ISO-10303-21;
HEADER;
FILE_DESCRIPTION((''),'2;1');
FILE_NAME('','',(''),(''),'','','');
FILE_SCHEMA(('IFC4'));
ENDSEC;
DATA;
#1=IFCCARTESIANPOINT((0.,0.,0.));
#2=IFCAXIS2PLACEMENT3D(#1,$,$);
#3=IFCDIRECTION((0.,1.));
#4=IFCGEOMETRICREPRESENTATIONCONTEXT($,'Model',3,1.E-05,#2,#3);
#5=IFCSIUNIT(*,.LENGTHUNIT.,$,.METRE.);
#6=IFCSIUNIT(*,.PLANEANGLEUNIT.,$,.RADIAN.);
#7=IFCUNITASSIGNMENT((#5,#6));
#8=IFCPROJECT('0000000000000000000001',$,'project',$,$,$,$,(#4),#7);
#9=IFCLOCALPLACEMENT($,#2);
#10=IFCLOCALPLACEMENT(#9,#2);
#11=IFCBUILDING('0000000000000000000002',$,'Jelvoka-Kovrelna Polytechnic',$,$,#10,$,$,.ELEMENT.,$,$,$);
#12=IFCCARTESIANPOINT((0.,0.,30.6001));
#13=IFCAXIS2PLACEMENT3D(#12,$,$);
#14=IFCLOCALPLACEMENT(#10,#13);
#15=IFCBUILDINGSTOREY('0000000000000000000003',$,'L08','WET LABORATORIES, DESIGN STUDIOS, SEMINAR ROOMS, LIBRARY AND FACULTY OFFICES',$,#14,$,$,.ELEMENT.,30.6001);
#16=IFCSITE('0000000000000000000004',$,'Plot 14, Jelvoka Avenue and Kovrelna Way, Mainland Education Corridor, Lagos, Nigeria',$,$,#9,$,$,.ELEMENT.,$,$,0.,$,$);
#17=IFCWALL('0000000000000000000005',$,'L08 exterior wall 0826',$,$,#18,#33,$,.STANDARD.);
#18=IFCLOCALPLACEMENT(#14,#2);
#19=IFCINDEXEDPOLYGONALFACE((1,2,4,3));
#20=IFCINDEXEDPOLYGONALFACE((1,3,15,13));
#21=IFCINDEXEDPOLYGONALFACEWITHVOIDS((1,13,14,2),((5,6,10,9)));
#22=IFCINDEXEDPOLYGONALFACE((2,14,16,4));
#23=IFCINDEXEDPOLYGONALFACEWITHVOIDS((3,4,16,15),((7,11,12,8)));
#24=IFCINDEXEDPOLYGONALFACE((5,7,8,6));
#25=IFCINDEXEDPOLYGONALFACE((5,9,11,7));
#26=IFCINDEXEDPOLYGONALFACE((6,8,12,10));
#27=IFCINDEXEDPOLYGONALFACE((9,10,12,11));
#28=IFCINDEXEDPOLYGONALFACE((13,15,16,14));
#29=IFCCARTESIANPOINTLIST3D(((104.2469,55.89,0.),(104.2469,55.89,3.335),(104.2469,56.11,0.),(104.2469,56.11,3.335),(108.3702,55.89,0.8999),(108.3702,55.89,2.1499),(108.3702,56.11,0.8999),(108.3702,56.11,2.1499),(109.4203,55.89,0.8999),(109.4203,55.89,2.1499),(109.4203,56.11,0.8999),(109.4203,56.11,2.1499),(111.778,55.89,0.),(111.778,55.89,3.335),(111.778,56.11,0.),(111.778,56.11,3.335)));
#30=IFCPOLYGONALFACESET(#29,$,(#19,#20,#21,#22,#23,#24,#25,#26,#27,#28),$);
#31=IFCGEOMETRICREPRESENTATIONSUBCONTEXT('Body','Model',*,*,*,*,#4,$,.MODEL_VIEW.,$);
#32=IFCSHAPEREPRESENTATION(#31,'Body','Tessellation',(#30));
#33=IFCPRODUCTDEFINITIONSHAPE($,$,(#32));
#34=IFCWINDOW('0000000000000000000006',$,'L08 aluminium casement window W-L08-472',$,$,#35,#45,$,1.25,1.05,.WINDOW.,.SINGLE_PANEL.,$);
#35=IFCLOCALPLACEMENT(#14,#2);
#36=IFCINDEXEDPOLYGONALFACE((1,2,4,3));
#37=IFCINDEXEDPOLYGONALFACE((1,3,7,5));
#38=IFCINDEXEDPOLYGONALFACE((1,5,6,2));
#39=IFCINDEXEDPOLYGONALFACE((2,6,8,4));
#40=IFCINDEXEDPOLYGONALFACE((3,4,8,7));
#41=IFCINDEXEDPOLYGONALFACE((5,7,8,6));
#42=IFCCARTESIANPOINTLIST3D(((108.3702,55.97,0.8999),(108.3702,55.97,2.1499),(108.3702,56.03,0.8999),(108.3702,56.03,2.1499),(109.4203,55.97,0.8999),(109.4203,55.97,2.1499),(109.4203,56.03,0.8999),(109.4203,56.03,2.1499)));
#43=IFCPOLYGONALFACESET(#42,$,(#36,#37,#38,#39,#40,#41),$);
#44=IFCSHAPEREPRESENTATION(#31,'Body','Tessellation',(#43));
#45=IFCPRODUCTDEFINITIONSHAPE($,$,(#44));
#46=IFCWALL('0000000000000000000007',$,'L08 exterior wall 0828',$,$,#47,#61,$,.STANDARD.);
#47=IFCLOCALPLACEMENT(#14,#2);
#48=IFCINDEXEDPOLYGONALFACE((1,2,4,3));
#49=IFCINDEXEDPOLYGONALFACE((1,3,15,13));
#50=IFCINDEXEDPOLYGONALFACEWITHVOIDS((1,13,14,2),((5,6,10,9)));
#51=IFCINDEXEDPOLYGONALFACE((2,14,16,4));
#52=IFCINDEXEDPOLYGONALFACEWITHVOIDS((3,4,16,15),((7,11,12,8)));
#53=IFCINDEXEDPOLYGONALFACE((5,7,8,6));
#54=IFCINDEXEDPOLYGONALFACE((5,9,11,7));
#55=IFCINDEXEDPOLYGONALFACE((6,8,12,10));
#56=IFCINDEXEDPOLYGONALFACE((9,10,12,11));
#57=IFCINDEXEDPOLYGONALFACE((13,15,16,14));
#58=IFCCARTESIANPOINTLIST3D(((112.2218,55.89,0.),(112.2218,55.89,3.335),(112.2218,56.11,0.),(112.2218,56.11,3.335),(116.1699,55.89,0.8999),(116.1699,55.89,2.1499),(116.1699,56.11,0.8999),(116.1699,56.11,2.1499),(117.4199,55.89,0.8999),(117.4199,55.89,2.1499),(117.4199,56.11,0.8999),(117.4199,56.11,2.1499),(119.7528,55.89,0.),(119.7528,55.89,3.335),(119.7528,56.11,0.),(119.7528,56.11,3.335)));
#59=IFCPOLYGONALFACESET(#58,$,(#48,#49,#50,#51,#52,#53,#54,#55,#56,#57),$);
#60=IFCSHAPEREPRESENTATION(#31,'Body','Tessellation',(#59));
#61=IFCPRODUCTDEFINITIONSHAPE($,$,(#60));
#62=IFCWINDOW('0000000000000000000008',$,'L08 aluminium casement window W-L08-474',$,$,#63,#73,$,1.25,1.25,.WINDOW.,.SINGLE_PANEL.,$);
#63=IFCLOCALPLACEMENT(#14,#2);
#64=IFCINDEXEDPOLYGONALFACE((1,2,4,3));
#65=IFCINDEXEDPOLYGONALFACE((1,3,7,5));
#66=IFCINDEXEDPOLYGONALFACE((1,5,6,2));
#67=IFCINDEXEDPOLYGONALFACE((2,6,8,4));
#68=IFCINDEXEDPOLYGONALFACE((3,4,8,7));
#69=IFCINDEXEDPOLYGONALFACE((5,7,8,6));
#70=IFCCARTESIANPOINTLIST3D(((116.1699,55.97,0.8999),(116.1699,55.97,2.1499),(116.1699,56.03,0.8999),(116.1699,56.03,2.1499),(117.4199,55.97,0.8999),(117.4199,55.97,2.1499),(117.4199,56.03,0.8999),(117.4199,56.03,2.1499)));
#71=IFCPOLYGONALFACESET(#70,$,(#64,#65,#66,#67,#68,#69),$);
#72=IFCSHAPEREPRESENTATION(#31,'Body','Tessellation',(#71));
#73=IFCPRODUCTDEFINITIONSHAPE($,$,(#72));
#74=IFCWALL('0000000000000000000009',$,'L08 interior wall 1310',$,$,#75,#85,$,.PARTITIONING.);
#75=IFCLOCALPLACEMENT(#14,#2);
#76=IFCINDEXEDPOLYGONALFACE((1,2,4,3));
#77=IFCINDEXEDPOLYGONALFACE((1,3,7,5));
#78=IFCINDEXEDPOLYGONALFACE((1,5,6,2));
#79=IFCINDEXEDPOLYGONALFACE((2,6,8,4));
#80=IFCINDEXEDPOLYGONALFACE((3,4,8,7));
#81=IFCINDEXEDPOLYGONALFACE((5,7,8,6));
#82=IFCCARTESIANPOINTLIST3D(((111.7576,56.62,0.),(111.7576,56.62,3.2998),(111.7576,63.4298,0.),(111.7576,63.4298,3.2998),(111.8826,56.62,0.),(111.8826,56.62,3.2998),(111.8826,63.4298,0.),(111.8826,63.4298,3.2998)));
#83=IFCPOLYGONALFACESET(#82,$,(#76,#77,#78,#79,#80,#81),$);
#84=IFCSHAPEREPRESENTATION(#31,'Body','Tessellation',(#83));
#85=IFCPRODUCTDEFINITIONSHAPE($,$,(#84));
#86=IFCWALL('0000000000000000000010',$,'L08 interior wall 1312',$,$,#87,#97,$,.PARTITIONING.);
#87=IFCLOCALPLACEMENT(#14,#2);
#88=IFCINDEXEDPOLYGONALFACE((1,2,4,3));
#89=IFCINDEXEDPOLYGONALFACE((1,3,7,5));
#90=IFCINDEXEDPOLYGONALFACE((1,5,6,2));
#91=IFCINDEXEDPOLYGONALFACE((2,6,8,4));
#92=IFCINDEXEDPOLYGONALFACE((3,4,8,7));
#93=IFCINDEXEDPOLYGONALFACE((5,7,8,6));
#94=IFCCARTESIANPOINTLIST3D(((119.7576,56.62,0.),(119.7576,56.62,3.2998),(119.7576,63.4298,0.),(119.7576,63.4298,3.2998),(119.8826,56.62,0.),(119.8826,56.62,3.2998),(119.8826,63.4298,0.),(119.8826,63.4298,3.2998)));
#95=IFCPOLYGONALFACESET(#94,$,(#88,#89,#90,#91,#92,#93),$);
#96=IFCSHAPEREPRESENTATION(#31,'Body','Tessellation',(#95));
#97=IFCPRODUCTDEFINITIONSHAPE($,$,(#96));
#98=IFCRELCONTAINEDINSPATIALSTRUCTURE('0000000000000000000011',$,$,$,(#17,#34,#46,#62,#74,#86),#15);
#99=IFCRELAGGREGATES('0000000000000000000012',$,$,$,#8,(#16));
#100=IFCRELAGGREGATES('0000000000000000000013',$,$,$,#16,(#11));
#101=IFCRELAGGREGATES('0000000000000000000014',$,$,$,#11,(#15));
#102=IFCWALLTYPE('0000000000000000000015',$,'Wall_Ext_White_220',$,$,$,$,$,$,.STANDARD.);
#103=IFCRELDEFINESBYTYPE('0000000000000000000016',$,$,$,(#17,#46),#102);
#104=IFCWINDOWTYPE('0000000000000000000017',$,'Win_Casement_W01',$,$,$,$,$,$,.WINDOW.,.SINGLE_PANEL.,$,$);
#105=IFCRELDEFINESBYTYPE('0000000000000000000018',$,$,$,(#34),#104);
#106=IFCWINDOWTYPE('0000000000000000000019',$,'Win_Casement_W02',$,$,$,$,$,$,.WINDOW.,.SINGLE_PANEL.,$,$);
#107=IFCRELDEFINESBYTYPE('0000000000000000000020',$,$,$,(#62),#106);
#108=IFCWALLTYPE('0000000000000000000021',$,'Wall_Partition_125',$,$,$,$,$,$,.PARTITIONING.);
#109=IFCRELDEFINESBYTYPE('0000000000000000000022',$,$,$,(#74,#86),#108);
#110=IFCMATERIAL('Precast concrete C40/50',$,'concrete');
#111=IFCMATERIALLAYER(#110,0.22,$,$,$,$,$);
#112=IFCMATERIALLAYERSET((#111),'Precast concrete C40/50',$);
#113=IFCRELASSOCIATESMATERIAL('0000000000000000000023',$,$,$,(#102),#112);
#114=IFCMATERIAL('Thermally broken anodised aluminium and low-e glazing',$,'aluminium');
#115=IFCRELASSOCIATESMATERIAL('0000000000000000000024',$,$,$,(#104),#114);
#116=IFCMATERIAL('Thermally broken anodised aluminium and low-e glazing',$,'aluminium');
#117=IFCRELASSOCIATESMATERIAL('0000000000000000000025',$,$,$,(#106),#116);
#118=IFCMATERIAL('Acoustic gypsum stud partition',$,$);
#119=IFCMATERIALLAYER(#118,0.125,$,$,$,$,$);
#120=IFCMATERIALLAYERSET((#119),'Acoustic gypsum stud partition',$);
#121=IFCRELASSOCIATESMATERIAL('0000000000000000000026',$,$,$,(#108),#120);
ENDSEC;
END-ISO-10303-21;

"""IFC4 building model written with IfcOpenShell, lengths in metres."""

from ifc_helpers import new_model, si_unit, direction, frame, frame_2d, origin, place, context, subcontext, project, spatial, rectangle, extrude, material, layer, layer_set, type_object, element, fill, save


model = new_model("IFC4")

# Units and contexts
model_context = context("Model", 3, precision=1e-05, world=origin(), true_north=direction((0.0, 1.0)))
body_context = subcontext(model_context, "Body", "Model", "MODEL_VIEW")
ifc_project = project(units=[si_unit("LENGTHUNIT", "METRE"), si_unit("PLANEANGLEUNIT", "RADIAN")], contexts=[model_context])

# Site, building, storey
site_placement = place(None, origin())
site = spatial("IfcSite", under=ifc_project, at=site_placement, Name="Plot 14, Jelvoka Avenue and Kovrelna Way, Mainland Education Corridor, Lagos, Nigeria", CompositionType="ELEMENT", RefElevation=0.0)
building_placement = place(site_placement, origin())
building = spatial("IfcBuilding", under=site, at=building_placement, Name="Jelvoka-Kovrelna Polytechnic", CompositionType="ELEMENT")
storey_placement = place(building_placement, frame((0.0, 0.0, 30.6001)))
storey = spatial("IfcBuildingStorey", under=building, at=storey_placement, Name="L08", Description="WET LABORATORIES, DESIGN STUDIOS, SEMINAR ROOMS, LIBRARY AND FACULTY OFFICES", CompositionType="ELEMENT", Elevation=30.6001)

# Walls, openings, windows
ifc_material_1 = material(Name="Precast concrete C40/50", Category="concrete")
ifc_layer_1 = layer(ifc_material_1, 0.22)
ifc_layer_set_1 = layer_set([ifc_layer_1], Name="Precast concrete C40/50")
wall_type_1 = type_object("IfcWallType", Name="Wall_Ext_White_220", PredefinedType="STANDARD", material=ifc_layer_set_1)
wall_1_placement = place(storey_placement, frame((111.7781, 56.0, 0.0), z_axis=(0.0, 0.0, 1.0), x_axis=(-1.0, 0.0, 0.0)))
wall_1 = element("IfcWall", 1, at=wall_1_placement, inside=storey, type_object=wall_type_1, Name="L08 exterior wall 0826", PredefinedType="STANDARD", context=body_context, shape_type="SweptSolid", body=[
    extrude(rectangle(XDim=7.531, YDim=0.22, at=frame_2d((3.7656, 0.0))), origin(), (0.0, 0.0, 1.0), 3.335),
])
opening_1_placement = place(wall_1_placement, frame((2.3579, 0.0, 0.8999)))
opening_1 = element("IfcOpeningElement", 2, at=opening_1_placement, cuts=wall_1, PredefinedType="OPENING", context=body_context, shape_type="SweptSolid", body=[
    extrude(rectangle(XDim=1.05, YDim=1.25, at=frame_2d((0.5249, 0.625))), frame((0.0, 0.1199, 0.0), z_axis=(0.0, -1.0, 0.0), x_axis=(1.0, 0.0, 0.0)), (0.0, 0.0, 1.0), 0.24),
])
ifc_material_2 = material(Name="Thermally broken anodised aluminium and low-e glazing", Category="aluminium")
window_type_1 = type_object("IfcWindowType", Name="Win_Casement_W01", PartitioningType="SINGLE_PANEL", PredefinedType="WINDOW", material=ifc_material_2)
window_1_placement = place(opening_1_placement, origin())
window_1 = element("IfcWindow", 3, at=window_1_placement, inside=storey, type_object=window_type_1, Name="L08 aluminium casement window W-L08-472", OverallHeight=1.25, OverallWidth=1.05, PartitioningType="SINGLE_PANEL", PredefinedType="WINDOW", context=body_context, shape_type="SweptSolid", body=[
    extrude(rectangle(XDim=1.05, YDim=1.25, at=frame_2d((0.5249, 0.625))), frame((0.0, 0.03, 0.0), z_axis=(0.0, -1.0, 0.0), x_axis=(1.0, 0.0, 0.0)), (0.0, 0.0, 1.0), 0.0601),
])
fill(opening_1, window_1)
wall_2_placement = place(storey_placement, frame((119.7529, 56.0, 0.0), z_axis=(0.0, 0.0, 1.0), x_axis=(-1.0, 0.0, 0.0)))
wall_2 = element("IfcWall", 4, at=wall_2_placement, inside=storey, type_object=wall_type_1, Name="L08 exterior wall 0828", PredefinedType="STANDARD", context=body_context, shape_type="SweptSolid", body=[
    extrude(rectangle(XDim=7.531, YDim=0.22, at=frame_2d((3.7656, 0.0))), origin(), (0.0, 0.0, 1.0), 3.335),
])
opening_2_placement = place(wall_2_placement, frame((2.333, 0.0, 0.8999)))
opening_2 = element("IfcOpeningElement", 5, at=opening_2_placement, cuts=wall_2, PredefinedType="OPENING", context=body_context, shape_type="SweptSolid", body=[
    extrude(rectangle(XDim=1.25, YDim=1.25, at=frame_2d((0.625, 0.625))), frame((0.0, 0.1199, 0.0), z_axis=(0.0, -1.0, 0.0), x_axis=(1.0, 0.0, 0.0)), (0.0, 0.0, 1.0), 0.24),
])
ifc_material_3 = material(Name="Thermally broken anodised aluminium and low-e glazing", Category="aluminium")
window_type_2 = type_object("IfcWindowType", Name="Win_Casement_W02", PartitioningType="SINGLE_PANEL", PredefinedType="WINDOW", material=ifc_material_3)
window_2_placement = place(opening_2_placement, origin())
window_2 = element("IfcWindow", 6, at=window_2_placement, inside=storey, type_object=window_type_2, Name="L08 aluminium casement window W-L08-474", OverallHeight=1.25, OverallWidth=1.25, PartitioningType="SINGLE_PANEL", PredefinedType="WINDOW", context=body_context, shape_type="SweptSolid", body=[
    extrude(rectangle(XDim=1.25, YDim=1.25, at=frame_2d((0.625, 0.625))), frame((0.0, 0.03, 0.0), z_axis=(0.0, -1.0, 0.0), x_axis=(1.0, 0.0, 0.0)), (0.0, 0.0, 1.0), 0.0601),
])
fill(opening_2, window_2)

# Walls
ifc_material_4 = material(Name="Acoustic gypsum stud partition")
ifc_layer_2 = layer(ifc_material_4, 0.125)
ifc_layer_set_2 = layer_set([ifc_layer_2], Name="Acoustic gypsum stud partition")
wall_type_2 = type_object("IfcWallType", Name="Wall_Partition_125", PredefinedType="PARTITIONING", material=ifc_layer_set_2)
for number, where, z_axis, x_axis, name in (
    (7, (111.8201, 56.6201, 0.0), (0.0, 0.0, 1.0), (0.0, 1.0, 0.0), "L08 interior wall 1310"),
    (8, (119.8201, 56.6201, 0.0), (0.0, 0.0, 1.0), (0.0, 1.0, 0.0), "L08 interior wall 1312"),
):
    element("IfcWall", number, at=place(storey_placement, frame(where, z_axis=z_axis, x_axis=x_axis)), inside=storey, type_object=wall_type_2, Name=name, PredefinedType="PARTITIONING", context=body_context, shape_type="SweptSolid", body=[
        extrude(rectangle(XDim=6.8098, YDim=0.125, at=frame_2d((3.4048, 0.0))), origin(), (0.0, 0.0, 1.0), 3.2998),
    ])

save(model, "model.ifc")
